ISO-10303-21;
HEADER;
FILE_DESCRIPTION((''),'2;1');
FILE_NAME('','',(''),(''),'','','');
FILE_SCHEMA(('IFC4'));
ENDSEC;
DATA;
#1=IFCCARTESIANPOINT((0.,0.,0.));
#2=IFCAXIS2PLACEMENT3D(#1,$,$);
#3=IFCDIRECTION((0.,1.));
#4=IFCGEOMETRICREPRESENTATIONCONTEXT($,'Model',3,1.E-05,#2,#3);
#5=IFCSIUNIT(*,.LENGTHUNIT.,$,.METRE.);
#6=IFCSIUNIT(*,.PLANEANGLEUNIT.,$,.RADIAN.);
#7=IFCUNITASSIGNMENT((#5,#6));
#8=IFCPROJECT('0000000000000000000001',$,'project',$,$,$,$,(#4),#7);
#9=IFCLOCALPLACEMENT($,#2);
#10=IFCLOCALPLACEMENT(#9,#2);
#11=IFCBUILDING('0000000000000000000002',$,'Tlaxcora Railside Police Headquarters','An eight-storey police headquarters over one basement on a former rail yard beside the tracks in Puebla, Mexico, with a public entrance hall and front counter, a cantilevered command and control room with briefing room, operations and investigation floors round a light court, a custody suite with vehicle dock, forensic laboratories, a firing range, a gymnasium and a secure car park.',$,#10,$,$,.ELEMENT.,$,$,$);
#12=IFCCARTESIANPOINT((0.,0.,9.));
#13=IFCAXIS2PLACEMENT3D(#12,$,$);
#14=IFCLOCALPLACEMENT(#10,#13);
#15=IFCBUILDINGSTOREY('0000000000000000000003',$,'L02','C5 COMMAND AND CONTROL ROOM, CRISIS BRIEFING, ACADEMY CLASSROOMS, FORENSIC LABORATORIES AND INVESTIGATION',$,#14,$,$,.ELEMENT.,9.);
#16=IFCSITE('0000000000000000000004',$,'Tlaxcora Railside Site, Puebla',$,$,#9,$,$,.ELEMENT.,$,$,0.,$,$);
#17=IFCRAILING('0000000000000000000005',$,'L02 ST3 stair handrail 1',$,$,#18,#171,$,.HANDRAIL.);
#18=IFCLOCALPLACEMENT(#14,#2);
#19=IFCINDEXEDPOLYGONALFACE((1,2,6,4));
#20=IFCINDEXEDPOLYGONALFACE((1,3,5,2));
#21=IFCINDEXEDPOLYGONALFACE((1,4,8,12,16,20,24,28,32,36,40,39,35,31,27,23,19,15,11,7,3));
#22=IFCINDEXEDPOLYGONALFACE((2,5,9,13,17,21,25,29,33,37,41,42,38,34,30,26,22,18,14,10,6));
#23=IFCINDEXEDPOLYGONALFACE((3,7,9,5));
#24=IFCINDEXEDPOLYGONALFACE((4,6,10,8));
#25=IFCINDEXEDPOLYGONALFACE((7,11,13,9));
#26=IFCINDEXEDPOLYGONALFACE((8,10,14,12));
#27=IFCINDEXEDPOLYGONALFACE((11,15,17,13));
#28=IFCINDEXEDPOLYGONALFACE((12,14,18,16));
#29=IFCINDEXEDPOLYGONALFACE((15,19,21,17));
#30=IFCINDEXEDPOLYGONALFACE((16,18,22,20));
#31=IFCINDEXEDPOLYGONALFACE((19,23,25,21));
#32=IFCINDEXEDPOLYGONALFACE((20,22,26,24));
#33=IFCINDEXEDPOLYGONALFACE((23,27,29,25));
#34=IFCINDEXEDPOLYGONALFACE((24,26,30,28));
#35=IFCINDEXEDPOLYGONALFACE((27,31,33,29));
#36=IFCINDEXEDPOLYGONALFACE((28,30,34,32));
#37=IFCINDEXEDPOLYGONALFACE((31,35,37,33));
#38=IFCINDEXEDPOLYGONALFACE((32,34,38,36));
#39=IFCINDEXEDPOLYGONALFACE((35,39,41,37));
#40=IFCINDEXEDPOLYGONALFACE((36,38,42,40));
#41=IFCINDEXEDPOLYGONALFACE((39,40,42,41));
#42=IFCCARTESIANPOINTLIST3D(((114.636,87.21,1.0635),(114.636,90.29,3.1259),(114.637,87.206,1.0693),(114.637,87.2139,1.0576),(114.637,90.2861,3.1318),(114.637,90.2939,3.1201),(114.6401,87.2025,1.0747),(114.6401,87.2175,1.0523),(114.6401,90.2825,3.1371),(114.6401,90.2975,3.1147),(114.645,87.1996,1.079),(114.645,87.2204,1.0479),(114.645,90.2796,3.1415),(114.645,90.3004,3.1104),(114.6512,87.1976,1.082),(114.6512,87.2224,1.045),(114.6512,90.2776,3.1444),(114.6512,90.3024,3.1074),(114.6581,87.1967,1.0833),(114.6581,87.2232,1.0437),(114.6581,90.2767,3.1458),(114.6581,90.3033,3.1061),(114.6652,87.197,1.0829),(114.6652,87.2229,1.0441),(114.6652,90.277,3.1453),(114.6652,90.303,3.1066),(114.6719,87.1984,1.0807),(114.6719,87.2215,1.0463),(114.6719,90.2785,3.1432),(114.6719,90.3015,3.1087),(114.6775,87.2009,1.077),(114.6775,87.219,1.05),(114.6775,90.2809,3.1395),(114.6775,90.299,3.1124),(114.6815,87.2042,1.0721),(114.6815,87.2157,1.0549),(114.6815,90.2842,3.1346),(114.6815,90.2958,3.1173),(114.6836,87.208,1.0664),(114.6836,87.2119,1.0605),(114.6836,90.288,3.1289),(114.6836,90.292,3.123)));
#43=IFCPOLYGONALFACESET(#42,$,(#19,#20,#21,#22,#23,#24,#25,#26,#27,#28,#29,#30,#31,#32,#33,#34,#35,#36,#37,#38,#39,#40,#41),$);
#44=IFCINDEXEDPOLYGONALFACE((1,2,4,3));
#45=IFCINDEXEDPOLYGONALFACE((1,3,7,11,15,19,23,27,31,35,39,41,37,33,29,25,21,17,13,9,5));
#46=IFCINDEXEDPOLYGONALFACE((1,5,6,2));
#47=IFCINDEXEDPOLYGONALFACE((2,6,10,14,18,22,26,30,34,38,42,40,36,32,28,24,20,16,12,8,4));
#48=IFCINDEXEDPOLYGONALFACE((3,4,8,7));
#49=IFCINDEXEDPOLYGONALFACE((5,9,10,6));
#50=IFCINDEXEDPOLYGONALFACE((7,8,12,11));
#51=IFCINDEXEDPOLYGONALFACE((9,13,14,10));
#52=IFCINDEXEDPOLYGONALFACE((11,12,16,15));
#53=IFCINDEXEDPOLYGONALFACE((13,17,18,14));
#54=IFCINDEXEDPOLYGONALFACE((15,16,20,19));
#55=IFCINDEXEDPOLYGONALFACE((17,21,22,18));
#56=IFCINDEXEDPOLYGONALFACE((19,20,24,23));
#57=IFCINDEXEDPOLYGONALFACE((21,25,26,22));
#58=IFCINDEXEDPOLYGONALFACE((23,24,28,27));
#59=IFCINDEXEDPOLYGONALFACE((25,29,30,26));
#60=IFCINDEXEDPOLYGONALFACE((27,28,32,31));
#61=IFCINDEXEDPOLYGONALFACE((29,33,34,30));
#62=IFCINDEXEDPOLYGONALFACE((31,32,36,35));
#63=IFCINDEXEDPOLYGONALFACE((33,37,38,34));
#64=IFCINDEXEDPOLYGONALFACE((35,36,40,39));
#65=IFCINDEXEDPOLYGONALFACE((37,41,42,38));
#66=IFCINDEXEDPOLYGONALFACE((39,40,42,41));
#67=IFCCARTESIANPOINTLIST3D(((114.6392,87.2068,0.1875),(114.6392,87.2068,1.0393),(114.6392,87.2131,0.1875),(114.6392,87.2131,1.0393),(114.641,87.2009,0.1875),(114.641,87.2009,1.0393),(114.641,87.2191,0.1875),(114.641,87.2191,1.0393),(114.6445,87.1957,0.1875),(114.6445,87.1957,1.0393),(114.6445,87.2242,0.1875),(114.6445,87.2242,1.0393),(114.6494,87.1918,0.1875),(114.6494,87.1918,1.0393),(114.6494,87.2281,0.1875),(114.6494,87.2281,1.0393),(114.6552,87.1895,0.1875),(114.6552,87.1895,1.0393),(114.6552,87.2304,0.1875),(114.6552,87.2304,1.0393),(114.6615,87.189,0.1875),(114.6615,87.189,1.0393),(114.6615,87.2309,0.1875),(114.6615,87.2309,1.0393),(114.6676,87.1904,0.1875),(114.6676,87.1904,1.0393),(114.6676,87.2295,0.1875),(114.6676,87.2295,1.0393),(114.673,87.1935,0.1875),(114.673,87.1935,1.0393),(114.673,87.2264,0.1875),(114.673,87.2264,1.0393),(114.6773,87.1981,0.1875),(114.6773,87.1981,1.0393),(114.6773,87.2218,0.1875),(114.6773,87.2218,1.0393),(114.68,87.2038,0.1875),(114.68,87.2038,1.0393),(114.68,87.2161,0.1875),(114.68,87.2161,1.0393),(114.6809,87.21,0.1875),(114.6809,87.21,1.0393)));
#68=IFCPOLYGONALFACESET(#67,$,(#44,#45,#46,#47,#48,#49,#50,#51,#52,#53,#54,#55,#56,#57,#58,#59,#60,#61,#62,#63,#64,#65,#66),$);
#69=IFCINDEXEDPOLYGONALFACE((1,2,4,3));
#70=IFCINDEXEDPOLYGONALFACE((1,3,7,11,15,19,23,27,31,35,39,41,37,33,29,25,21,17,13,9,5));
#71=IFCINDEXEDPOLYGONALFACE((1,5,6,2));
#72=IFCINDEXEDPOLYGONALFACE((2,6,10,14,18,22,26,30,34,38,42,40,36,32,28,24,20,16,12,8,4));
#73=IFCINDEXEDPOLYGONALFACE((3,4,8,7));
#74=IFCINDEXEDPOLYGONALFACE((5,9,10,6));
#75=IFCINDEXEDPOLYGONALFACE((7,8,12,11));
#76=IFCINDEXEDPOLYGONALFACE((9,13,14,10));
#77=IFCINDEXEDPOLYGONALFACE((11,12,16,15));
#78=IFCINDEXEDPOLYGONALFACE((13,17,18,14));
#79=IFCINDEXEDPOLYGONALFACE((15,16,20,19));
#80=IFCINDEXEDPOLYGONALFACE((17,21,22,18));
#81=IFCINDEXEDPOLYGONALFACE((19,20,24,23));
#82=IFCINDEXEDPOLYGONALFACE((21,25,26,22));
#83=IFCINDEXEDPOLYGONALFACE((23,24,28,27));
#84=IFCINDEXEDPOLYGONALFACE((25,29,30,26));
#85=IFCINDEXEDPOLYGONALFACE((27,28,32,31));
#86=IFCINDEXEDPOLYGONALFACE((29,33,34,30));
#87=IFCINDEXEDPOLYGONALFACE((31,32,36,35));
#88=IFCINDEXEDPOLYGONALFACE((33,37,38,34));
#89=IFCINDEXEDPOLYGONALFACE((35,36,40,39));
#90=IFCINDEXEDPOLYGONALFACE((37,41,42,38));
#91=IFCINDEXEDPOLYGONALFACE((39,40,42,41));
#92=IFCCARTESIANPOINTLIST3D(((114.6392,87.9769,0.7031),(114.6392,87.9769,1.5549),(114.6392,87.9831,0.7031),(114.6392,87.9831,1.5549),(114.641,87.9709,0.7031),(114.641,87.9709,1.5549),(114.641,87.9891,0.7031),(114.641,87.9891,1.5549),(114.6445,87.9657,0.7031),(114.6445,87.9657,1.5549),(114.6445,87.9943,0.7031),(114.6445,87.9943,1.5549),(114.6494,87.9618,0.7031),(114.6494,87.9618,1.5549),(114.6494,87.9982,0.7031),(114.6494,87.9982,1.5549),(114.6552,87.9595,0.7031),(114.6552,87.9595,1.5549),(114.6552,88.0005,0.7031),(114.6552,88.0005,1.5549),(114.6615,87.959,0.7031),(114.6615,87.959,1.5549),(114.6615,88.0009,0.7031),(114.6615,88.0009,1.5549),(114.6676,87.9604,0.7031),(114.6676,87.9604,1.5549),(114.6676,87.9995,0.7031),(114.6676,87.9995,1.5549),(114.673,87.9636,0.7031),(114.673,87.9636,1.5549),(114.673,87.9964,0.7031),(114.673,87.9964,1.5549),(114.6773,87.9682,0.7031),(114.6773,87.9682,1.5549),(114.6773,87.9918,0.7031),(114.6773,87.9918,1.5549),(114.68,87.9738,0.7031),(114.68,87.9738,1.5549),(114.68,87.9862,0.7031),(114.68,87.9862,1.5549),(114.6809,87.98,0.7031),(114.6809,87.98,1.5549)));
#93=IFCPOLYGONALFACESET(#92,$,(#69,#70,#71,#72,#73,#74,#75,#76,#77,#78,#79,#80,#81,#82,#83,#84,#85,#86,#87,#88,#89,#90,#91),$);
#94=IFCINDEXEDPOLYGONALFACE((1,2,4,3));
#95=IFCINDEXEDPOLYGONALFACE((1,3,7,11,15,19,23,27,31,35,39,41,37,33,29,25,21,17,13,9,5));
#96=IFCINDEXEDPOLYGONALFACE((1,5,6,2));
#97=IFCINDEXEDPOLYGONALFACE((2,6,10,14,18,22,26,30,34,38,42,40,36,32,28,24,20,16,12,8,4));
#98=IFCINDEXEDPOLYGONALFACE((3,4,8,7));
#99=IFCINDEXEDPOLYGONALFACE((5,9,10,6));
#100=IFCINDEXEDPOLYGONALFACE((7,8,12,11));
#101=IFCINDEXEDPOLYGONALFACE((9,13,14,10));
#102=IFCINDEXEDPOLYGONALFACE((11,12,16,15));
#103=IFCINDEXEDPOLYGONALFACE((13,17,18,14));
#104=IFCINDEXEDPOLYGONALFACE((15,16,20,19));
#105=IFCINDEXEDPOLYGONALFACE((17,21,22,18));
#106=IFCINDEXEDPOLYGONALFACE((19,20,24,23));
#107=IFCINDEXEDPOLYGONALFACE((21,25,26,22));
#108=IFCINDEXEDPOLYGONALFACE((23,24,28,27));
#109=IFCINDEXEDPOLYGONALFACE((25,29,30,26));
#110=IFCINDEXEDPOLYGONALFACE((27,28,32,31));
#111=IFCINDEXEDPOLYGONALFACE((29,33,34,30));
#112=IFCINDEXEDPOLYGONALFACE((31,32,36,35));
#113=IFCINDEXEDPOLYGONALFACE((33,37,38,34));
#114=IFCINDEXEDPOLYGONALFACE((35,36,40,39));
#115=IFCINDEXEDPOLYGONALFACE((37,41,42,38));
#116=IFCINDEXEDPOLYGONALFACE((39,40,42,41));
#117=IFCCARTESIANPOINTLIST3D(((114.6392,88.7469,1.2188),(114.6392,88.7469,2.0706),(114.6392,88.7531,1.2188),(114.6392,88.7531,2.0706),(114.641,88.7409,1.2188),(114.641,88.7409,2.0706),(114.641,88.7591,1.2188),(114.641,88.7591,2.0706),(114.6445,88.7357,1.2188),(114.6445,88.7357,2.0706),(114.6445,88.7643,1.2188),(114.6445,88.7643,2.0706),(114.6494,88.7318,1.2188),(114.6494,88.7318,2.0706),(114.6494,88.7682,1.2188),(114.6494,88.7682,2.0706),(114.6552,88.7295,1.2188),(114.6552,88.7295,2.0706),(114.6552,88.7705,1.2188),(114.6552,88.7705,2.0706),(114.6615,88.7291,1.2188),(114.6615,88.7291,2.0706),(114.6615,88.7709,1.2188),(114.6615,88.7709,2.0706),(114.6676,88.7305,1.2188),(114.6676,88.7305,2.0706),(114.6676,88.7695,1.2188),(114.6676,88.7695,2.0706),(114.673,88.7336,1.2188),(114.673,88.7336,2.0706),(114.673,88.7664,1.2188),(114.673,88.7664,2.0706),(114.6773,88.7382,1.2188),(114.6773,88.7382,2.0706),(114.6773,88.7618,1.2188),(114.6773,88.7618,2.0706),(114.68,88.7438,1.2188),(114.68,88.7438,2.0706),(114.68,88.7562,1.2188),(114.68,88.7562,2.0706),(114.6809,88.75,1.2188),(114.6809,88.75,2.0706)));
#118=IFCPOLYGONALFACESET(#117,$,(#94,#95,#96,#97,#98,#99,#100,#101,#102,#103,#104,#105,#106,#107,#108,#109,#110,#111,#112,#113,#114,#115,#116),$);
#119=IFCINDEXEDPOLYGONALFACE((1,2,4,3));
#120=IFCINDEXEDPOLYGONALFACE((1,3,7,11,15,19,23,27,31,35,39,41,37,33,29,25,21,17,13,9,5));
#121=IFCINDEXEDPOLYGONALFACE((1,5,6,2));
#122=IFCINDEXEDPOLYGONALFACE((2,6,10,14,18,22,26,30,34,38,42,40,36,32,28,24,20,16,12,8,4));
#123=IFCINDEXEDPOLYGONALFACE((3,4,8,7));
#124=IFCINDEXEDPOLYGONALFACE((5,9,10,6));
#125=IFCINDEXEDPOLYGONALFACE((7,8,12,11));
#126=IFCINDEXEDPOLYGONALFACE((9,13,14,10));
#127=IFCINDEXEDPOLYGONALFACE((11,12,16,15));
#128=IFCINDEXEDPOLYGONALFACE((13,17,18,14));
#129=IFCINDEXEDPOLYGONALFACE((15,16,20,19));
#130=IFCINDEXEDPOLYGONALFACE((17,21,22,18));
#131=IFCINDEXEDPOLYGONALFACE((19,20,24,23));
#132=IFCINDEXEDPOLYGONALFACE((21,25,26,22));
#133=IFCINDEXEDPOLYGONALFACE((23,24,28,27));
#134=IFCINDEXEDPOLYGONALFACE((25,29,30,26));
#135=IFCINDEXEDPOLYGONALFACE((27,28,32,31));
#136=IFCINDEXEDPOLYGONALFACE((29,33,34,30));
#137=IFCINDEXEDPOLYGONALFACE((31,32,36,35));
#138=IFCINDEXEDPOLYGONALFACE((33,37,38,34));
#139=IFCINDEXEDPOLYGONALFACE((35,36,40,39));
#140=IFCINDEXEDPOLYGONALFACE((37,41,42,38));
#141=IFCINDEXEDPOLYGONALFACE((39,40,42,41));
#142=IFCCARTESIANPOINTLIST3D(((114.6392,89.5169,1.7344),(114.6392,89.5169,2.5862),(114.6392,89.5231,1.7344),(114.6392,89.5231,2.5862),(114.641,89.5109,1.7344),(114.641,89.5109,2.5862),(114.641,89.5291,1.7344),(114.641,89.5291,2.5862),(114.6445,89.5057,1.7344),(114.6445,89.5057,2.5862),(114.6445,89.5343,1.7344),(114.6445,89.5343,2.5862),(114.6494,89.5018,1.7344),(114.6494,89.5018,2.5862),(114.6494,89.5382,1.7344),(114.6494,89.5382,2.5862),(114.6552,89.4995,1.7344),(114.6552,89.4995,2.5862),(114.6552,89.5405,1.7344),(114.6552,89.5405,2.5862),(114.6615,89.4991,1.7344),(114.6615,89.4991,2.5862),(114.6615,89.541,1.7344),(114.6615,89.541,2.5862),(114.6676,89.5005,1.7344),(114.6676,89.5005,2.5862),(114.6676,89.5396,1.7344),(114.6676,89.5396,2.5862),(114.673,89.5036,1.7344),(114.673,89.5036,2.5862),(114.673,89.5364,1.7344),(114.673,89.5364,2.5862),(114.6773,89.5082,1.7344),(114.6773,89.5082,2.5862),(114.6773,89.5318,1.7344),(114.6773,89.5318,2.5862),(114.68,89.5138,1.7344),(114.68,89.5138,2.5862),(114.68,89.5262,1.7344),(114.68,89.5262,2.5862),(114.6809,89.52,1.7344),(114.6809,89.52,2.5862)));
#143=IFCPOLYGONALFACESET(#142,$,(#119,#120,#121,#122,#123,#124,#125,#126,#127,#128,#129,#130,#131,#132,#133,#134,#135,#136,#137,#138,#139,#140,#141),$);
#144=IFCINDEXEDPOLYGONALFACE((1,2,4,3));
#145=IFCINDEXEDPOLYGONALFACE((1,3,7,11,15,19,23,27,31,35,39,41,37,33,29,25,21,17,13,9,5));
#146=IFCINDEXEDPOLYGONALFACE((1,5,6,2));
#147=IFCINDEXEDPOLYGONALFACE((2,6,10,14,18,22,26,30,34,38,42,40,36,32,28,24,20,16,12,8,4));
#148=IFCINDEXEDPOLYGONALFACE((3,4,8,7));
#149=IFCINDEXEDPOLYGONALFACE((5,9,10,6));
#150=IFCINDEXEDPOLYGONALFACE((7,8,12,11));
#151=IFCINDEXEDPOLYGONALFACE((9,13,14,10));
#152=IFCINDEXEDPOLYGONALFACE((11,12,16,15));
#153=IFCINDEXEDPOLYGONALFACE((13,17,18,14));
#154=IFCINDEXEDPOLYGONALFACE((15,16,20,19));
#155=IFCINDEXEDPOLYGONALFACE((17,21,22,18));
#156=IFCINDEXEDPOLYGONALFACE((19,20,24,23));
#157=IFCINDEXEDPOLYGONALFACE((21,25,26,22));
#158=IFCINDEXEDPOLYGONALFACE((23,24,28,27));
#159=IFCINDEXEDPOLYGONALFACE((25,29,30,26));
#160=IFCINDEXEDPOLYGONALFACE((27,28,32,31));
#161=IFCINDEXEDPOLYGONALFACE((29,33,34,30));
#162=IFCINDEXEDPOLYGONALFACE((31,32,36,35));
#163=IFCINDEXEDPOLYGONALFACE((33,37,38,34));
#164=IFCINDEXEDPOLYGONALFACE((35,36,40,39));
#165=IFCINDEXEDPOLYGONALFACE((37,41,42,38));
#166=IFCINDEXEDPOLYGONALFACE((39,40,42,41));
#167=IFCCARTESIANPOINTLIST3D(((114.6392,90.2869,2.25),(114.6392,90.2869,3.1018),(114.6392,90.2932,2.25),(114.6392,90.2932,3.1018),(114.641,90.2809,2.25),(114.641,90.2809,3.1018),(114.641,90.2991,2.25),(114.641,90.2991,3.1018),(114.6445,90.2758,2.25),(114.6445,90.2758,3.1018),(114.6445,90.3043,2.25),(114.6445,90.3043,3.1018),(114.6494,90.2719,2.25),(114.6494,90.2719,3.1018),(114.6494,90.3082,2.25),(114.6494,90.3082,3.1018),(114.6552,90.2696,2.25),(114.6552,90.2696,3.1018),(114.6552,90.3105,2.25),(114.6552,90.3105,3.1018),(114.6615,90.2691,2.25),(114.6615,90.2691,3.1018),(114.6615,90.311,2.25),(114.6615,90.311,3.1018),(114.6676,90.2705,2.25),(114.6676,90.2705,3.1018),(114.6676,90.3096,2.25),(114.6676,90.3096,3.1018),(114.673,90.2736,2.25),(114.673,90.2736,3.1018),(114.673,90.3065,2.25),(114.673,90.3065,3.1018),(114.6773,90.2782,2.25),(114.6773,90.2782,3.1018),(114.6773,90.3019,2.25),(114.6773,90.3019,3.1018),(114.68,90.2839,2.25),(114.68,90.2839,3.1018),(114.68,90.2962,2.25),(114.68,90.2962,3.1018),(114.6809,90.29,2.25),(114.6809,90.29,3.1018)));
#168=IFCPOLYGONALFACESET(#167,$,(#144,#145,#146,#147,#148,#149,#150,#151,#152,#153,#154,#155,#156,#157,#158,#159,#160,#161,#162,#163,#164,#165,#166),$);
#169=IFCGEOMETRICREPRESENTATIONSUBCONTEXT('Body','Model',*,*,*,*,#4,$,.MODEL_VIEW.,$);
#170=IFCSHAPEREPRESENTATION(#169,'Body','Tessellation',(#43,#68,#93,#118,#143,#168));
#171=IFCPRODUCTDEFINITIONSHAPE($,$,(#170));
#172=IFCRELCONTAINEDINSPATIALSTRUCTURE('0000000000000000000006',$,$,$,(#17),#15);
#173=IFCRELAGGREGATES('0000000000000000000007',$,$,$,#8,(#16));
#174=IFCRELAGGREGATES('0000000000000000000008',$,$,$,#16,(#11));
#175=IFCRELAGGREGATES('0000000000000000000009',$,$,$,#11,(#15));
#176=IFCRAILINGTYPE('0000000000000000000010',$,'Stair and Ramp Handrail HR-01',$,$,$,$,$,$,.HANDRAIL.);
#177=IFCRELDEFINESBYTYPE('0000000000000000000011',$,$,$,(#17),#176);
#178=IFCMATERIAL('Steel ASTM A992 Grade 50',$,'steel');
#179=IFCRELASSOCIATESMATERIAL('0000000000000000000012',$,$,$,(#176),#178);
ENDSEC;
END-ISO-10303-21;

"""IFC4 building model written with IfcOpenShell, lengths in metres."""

from ifc_helpers import new_model, si_unit, direction, frame, origin, origin_2d, place, context, subcontext, project, spatial, circle, extrude, material, type_object, element, save


model = new_model("IFC4")

# Units and contexts
model_context = context("Model", 3, precision=1e-05, world=origin(), true_north=direction((0.0, 1.0)))
body_context = subcontext(model_context, "Body", "Model", "MODEL_VIEW")
ifc_project = project(units=[si_unit("LENGTHUNIT", "METRE"), si_unit("PLANEANGLEUNIT", "RADIAN")], contexts=[model_context])

# Site, building, storey
site_placement = place(None, origin())
site = spatial("IfcSite", under=ifc_project, at=site_placement, Name="Tlaxcora Railside Site, Puebla", CompositionType="ELEMENT", RefElevation=0.0)
building_placement = place(site_placement, origin())
building = spatial("IfcBuilding", under=site, at=building_placement, Name="Tlaxcora Railside Police Headquarters", Description="An eight-storey police headquarters over one basement on a former rail yard beside the tracks in Puebla, Mexico, with a public entrance hall and front counter, a cantilevered command and control room with briefing room, operations and investigation floors round a light court, a custody suite with vehicle dock, forensic laboratories, a firing range, a gymnasium and a secure car park.", CompositionType="ELEMENT")
storey_placement = place(building_placement, frame((0.0, 0.0, 9.0)))
storey = spatial("IfcBuildingStorey", under=building, at=storey_placement, Name="L02", Description="C5 COMMAND AND CONTROL ROOM, CRISIS BRIEFING, ACADEMY CLASSROOMS, FORENSIC LABORATORIES AND INVESTIGATION", CompositionType="ELEMENT", Elevation=9.0)

# Shared definitions
ifc_material_1 = material(Name="Steel ASTM A992 Grade 50", Category="steel")

# Railing
railing_type_1 = type_object("IfcRailingType", Name="Stair and Ramp Handrail HR-01", PredefinedType="HANDRAIL", material=ifc_material_1)
railing_1_placement = place(storey_placement, frame((114.6599, 87.21, 0.1875)))
element("IfcRailing", 1, at=railing_1_placement, inside=storey, type_object=railing_type_1, Name="L02 ST3 stair handrail 1", PredefinedType="HANDRAIL", context=body_context, shape_type="SweptSolid", body=[
    extrude(circle(Radius=0.0239, at=origin_2d()), frame((0.0, 0.0, 0.876), z_axis=(0.0, 0.830914, 0.556401), x_axis=(-1.0, 0.0, 0.0)), (0.0, 0.0, 1.0), 3.7068),
    extrude(circle(Radius=0.021, at=origin_2d()), origin(), (0.0, 0.0, 1.0), 0.8518),
    extrude(circle(Radius=0.021, at=origin_2d()), frame((0.0, 0.77, 0.5156)), (0.0, 0.0, 1.0), 0.8518),
    extrude(circle(Radius=0.021, at=origin_2d()), frame((0.0, 1.54, 1.0312)), (0.0, 0.0, 1.0), 0.8518),
    extrude(circle(Radius=0.021, at=origin_2d()), frame((0.0, 2.3101, 1.5469)), (0.0, 0.0, 1.0), 0.8518),
    extrude(circle(Radius=0.021, at=origin_2d()), frame((0.0, 3.0801, 2.0625)), (0.0, 0.0, 1.0), 0.8518),
])

save(model, "model.ifc")
